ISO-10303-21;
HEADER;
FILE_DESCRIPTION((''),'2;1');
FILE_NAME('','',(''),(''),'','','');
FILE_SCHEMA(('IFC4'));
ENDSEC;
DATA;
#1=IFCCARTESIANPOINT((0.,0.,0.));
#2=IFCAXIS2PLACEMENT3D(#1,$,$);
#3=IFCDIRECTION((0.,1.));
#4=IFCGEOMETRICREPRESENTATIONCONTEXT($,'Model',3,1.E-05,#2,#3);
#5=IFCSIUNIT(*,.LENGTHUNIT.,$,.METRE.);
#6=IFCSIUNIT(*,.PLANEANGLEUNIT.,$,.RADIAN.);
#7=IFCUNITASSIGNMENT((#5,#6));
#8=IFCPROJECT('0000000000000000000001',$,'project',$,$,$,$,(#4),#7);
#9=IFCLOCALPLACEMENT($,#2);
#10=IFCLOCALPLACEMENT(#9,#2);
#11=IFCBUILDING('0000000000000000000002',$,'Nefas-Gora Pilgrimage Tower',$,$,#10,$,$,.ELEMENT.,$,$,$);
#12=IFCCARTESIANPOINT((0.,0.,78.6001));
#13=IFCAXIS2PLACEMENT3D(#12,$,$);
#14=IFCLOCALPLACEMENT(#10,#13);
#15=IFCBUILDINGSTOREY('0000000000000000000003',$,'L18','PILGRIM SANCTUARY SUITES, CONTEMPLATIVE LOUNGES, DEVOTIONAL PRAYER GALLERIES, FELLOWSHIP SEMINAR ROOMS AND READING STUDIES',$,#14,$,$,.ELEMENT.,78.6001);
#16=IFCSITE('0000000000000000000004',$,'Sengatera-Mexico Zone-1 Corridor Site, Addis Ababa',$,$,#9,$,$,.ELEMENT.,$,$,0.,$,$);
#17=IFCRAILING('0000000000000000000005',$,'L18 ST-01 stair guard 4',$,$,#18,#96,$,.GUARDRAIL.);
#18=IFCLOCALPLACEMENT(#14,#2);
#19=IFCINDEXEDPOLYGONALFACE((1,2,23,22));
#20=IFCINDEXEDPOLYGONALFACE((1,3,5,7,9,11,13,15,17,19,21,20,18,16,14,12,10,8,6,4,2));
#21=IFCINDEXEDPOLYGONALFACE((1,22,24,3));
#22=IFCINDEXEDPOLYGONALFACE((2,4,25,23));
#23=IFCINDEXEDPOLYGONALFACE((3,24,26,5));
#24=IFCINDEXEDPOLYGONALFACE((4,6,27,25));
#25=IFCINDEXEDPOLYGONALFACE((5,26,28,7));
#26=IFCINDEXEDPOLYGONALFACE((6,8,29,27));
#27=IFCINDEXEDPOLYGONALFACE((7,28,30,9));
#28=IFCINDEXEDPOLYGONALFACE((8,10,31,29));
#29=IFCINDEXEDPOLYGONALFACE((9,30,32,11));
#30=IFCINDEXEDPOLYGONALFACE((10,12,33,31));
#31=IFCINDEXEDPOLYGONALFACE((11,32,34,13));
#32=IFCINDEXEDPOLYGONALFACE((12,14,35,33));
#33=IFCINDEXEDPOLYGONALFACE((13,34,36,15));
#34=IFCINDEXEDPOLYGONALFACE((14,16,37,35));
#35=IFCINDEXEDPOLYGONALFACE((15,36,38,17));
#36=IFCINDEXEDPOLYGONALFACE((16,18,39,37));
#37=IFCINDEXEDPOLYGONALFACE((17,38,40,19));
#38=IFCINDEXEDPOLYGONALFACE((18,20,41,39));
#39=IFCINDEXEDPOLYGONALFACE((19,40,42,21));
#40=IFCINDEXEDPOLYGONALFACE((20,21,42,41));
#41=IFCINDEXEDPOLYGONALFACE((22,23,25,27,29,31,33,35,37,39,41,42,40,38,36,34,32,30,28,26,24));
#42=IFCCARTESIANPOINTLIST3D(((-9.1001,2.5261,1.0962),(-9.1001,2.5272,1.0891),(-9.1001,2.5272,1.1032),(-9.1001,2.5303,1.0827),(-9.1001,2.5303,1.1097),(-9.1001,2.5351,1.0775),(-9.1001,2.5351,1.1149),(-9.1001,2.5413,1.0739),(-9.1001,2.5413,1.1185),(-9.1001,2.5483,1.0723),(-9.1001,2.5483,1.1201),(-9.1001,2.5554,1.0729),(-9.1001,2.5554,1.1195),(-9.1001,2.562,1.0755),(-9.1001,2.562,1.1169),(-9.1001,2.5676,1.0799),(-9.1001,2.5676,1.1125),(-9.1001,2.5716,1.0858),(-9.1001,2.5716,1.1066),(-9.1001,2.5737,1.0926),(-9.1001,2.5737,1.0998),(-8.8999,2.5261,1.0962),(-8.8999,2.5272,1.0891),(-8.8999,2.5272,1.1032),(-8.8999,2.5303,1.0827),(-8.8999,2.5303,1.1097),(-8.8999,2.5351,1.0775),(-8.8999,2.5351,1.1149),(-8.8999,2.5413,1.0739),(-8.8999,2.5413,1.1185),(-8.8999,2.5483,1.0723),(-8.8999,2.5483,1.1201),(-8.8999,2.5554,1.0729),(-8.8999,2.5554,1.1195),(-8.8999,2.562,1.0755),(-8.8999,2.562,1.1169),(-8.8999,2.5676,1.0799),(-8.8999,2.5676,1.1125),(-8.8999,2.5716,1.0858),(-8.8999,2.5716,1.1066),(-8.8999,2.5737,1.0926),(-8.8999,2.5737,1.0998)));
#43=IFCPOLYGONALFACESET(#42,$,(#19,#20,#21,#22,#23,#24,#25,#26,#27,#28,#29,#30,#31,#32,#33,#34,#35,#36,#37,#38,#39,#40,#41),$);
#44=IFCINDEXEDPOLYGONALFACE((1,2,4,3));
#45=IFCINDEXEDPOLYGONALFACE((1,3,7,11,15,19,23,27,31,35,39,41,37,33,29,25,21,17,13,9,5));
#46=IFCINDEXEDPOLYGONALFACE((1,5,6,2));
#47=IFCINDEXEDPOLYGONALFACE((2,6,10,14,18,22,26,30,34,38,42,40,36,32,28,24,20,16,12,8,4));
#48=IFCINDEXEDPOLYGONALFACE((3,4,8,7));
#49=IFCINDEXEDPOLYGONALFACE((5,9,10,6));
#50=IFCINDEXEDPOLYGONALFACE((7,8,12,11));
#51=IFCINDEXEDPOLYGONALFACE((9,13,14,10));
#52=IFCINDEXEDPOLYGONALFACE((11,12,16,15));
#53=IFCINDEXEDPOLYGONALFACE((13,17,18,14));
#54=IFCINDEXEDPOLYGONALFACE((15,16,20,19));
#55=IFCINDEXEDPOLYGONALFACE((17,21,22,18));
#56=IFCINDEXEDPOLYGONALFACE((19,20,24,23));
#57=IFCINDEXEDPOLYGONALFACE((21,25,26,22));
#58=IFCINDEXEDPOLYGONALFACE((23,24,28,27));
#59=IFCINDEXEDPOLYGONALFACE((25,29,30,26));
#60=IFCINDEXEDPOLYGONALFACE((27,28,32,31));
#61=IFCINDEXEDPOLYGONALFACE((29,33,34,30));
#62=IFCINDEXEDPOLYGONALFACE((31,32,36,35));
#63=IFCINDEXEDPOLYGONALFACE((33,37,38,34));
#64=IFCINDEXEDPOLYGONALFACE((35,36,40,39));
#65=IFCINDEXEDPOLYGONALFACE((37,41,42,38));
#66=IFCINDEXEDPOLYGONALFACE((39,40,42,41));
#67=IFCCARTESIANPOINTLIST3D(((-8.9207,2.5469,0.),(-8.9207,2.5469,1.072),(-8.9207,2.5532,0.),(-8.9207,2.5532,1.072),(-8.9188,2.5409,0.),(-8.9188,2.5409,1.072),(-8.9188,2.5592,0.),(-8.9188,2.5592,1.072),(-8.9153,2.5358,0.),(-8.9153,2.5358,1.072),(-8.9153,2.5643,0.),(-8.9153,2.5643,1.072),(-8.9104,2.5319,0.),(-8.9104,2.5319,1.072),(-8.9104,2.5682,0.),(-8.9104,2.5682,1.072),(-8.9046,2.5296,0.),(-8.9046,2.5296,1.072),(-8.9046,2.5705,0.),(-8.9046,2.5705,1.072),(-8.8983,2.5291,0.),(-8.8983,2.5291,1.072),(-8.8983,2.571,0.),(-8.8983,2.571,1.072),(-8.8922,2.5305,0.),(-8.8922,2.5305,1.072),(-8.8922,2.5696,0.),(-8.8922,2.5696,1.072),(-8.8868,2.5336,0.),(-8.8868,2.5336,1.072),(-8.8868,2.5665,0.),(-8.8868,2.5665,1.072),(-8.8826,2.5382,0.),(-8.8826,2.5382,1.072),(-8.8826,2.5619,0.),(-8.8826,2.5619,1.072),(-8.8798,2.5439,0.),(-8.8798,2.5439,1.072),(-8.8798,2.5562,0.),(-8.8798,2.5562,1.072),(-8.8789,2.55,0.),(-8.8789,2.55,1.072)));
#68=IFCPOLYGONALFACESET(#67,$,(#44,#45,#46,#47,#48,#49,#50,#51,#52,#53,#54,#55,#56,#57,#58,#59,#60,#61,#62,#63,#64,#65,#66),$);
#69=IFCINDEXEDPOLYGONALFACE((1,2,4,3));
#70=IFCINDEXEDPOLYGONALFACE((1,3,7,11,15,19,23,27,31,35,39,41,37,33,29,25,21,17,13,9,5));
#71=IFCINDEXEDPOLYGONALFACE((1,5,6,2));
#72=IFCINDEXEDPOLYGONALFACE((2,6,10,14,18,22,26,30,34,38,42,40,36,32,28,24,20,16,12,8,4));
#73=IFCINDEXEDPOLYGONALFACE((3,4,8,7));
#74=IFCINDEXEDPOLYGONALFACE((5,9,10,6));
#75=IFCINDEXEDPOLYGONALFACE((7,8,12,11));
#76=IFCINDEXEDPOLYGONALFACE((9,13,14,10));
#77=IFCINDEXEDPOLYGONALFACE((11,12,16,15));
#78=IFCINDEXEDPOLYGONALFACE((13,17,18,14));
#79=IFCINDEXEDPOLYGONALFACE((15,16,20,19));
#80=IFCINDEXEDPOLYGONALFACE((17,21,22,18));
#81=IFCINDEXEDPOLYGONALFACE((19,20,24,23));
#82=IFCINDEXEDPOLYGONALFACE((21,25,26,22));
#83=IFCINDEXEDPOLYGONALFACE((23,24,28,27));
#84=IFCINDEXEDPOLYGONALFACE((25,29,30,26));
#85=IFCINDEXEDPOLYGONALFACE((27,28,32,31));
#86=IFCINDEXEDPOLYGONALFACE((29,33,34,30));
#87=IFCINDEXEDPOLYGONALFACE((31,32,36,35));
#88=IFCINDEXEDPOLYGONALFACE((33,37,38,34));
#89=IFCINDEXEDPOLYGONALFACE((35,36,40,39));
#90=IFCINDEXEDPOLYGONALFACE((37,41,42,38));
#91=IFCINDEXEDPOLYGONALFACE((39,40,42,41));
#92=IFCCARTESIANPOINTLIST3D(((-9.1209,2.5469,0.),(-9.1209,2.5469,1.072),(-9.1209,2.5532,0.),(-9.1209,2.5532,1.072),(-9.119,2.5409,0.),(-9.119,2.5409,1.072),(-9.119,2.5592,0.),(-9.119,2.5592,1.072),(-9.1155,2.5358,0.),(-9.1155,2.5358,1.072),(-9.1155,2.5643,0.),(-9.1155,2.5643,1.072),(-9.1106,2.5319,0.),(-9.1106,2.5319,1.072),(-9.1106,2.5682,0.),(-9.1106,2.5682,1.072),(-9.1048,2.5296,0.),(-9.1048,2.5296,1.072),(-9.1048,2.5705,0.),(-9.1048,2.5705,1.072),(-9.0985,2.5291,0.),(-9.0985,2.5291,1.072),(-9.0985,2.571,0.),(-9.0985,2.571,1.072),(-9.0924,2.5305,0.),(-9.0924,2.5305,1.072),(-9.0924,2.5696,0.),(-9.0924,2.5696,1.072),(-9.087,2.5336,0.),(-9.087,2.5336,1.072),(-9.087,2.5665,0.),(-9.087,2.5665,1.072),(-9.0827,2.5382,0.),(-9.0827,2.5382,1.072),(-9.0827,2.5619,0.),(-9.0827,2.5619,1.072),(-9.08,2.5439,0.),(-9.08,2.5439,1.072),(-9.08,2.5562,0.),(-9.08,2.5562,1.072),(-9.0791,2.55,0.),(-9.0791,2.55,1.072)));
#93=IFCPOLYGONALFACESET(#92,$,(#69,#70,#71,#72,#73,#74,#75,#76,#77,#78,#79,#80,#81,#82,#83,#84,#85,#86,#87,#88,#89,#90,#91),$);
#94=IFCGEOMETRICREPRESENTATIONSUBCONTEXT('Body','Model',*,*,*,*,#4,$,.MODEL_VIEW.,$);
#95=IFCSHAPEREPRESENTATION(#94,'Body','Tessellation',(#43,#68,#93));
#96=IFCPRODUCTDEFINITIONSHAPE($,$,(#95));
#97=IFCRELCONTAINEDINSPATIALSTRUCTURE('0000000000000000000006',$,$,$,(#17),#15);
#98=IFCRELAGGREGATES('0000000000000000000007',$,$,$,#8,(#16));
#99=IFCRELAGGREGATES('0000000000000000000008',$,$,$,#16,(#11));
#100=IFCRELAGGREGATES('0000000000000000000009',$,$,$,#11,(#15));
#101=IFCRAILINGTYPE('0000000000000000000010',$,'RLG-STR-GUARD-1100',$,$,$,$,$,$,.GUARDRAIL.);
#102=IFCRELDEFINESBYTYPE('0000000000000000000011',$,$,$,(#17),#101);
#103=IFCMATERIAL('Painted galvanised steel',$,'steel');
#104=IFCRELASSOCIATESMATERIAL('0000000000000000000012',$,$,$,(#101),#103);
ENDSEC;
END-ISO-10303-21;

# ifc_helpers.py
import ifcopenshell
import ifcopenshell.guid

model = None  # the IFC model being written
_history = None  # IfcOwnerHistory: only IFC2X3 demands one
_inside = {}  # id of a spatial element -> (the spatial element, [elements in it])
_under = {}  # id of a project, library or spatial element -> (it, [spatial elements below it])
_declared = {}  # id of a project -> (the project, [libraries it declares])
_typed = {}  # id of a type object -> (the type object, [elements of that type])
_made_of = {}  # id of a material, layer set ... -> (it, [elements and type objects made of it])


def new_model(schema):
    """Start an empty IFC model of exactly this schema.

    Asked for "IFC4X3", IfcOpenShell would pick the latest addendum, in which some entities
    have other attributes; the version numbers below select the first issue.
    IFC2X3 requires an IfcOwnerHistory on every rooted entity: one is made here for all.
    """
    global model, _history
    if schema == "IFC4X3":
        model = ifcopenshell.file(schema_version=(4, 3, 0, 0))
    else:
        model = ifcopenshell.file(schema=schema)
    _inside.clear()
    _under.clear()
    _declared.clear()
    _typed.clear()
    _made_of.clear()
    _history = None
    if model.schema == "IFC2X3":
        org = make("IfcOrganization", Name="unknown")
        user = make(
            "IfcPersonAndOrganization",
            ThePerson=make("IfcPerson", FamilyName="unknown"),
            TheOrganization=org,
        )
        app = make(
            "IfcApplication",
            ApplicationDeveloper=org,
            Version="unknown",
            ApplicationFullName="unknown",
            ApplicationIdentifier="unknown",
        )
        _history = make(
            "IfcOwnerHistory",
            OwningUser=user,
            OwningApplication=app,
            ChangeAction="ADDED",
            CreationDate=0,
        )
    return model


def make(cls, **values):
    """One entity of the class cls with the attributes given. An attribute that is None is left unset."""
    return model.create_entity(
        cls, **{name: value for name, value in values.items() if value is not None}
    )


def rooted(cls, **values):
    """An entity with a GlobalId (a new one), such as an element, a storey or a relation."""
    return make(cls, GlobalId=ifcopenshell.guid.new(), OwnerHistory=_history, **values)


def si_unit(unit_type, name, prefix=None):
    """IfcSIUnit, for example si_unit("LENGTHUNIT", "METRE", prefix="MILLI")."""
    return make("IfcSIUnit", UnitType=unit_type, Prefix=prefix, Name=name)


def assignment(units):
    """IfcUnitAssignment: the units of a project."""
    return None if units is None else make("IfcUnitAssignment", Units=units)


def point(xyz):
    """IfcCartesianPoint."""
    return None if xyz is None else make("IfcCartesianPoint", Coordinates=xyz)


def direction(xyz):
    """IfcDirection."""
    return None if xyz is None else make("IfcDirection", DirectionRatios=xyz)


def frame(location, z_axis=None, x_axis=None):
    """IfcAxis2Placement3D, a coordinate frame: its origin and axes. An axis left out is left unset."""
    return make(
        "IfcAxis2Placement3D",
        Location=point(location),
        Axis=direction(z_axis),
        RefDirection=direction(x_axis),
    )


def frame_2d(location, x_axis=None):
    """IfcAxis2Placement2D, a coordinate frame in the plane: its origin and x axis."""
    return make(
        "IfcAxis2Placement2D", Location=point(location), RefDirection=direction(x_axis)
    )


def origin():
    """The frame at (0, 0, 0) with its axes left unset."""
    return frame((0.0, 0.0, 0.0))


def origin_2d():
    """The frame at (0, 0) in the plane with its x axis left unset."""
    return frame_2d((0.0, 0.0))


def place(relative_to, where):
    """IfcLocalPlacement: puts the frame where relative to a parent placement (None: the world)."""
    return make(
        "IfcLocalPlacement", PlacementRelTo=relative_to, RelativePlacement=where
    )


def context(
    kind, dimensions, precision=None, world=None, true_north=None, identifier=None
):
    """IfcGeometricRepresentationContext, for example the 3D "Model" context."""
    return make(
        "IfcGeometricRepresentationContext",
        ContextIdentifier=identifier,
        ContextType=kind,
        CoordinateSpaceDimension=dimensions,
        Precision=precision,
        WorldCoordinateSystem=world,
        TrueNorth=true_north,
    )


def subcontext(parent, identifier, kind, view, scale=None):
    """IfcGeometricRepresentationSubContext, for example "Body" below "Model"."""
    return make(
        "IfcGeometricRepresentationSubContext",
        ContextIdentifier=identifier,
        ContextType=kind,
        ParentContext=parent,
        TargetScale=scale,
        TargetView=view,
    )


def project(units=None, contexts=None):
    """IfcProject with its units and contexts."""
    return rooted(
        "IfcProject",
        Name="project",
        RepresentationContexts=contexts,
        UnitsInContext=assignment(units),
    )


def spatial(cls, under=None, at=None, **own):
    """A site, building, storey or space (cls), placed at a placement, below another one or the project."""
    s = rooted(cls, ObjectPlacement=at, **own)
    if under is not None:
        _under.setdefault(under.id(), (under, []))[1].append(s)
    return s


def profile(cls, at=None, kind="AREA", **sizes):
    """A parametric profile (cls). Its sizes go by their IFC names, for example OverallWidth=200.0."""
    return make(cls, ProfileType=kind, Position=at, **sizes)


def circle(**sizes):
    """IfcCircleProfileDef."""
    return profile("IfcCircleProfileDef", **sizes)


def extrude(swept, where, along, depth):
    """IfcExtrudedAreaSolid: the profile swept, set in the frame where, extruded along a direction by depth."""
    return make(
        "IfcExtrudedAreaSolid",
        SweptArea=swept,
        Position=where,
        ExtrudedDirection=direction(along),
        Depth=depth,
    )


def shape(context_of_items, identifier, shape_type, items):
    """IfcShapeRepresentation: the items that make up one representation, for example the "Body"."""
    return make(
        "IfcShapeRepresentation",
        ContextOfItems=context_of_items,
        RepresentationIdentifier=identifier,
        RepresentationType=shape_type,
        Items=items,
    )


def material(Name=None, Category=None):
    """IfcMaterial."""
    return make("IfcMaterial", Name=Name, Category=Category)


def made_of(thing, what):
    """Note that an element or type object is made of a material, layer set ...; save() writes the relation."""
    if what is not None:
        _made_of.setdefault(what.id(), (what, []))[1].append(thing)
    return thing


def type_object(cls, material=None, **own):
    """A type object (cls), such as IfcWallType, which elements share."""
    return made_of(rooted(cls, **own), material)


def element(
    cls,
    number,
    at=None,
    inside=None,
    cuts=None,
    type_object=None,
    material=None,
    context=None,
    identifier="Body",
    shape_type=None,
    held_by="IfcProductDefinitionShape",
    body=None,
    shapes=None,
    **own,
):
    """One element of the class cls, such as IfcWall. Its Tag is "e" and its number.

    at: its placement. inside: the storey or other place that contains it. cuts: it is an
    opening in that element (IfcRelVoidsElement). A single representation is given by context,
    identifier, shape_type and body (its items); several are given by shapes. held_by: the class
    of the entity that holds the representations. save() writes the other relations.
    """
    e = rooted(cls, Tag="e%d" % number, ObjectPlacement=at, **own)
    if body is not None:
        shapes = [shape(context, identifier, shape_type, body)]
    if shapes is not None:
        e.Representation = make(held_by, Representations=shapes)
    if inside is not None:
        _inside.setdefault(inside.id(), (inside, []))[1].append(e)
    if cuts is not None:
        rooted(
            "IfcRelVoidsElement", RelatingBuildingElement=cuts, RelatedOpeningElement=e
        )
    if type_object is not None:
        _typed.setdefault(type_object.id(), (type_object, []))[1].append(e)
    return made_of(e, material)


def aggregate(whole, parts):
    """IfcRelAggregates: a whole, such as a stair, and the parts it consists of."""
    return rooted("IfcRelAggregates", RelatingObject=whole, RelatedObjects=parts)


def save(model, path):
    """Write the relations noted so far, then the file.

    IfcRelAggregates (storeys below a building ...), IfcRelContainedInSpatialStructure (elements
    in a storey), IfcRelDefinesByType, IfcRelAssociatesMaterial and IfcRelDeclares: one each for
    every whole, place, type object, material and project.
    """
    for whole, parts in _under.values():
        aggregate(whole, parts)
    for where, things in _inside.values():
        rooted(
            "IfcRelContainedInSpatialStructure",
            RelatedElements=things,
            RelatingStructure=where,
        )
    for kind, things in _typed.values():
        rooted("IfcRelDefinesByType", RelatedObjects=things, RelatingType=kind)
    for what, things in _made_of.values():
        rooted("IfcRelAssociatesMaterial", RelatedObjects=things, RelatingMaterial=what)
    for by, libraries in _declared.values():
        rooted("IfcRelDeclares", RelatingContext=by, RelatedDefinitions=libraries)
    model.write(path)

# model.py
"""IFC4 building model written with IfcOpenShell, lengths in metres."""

from ifc_helpers import new_model, si_unit, direction, frame, origin, origin_2d, place, context, subcontext, project, spatial, circle, extrude, material, type_object, element, save


model = new_model("IFC4")

# Units and contexts
model_context = context("Model", 3, precision=1e-05, world=origin(), true_north=direction((0.0, 1.0)))
body_context = subcontext(model_context, "Body", "Model", "MODEL_VIEW")
ifc_project = project(units=[si_unit("LENGTHUNIT", "METRE"), si_unit("PLANEANGLEUNIT", "RADIAN")], contexts=[model_context])

# Site, building, storey
site_placement = place(None, origin())
site = spatial("IfcSite", under=ifc_project, at=site_placement, Name="Sengatera-Mexico Zone-1 Corridor Site, Addis Ababa", CompositionType="ELEMENT", RefElevation=0.0)
building_placement = place(site_placement, origin())
building = spatial("IfcBuilding", under=site, at=building_placement, Name="Nefas-Gora Pilgrimage Tower", CompositionType="ELEMENT")
storey_placement = place(building_placement, frame((0.0, 0.0, 78.6001)))
storey = spatial("IfcBuildingStorey", under=building, at=storey_placement, Name="L18", Description="PILGRIM SANCTUARY SUITES, CONTEMPLATIVE LOUNGES, DEVOTIONAL PRAYER GALLERIES, FELLOWSHIP SEMINAR ROOMS AND READING STUDIES", CompositionType="ELEMENT", Elevation=78.6001)

# Railing
ifc_material_1 = material(Name="Painted galvanised steel", Category="steel")
railing_type_1 = type_object("IfcRailingType", Name="RLG-STR-GUARD-1100", PredefinedType="GUARDRAIL", material=ifc_material_1)
railing_1_placement = place(storey_placement, frame((-8.8999, 2.55, 0.0)))
element("IfcRailing", 1, at=railing_1_placement, inside=storey, type_object=railing_type_1, Name="L18 ST-01 stair guard 4", PredefinedType="GUARDRAIL", context=body_context, shape_type="SweptSolid", body=[
    extrude(circle(Radius=0.0239, at=origin_2d()), frame((0.0, 0.0, 1.0962), z_axis=(-1.0, 0.0, 0.0), x_axis=(0.0, -1.0, 0.0)), (0.0, 0.0, 1.0), 0.2002),
    extrude(circle(Radius=0.021, at=origin_2d()), origin(), (0.0, 0.0, 1.0), 1.072),
    extrude(circle(Radius=0.021, at=origin_2d()), frame((-0.2002, 0.0, 0.0)), (0.0, 0.0, 1.0), 1.072),
])

save(model, "model.ifc")
